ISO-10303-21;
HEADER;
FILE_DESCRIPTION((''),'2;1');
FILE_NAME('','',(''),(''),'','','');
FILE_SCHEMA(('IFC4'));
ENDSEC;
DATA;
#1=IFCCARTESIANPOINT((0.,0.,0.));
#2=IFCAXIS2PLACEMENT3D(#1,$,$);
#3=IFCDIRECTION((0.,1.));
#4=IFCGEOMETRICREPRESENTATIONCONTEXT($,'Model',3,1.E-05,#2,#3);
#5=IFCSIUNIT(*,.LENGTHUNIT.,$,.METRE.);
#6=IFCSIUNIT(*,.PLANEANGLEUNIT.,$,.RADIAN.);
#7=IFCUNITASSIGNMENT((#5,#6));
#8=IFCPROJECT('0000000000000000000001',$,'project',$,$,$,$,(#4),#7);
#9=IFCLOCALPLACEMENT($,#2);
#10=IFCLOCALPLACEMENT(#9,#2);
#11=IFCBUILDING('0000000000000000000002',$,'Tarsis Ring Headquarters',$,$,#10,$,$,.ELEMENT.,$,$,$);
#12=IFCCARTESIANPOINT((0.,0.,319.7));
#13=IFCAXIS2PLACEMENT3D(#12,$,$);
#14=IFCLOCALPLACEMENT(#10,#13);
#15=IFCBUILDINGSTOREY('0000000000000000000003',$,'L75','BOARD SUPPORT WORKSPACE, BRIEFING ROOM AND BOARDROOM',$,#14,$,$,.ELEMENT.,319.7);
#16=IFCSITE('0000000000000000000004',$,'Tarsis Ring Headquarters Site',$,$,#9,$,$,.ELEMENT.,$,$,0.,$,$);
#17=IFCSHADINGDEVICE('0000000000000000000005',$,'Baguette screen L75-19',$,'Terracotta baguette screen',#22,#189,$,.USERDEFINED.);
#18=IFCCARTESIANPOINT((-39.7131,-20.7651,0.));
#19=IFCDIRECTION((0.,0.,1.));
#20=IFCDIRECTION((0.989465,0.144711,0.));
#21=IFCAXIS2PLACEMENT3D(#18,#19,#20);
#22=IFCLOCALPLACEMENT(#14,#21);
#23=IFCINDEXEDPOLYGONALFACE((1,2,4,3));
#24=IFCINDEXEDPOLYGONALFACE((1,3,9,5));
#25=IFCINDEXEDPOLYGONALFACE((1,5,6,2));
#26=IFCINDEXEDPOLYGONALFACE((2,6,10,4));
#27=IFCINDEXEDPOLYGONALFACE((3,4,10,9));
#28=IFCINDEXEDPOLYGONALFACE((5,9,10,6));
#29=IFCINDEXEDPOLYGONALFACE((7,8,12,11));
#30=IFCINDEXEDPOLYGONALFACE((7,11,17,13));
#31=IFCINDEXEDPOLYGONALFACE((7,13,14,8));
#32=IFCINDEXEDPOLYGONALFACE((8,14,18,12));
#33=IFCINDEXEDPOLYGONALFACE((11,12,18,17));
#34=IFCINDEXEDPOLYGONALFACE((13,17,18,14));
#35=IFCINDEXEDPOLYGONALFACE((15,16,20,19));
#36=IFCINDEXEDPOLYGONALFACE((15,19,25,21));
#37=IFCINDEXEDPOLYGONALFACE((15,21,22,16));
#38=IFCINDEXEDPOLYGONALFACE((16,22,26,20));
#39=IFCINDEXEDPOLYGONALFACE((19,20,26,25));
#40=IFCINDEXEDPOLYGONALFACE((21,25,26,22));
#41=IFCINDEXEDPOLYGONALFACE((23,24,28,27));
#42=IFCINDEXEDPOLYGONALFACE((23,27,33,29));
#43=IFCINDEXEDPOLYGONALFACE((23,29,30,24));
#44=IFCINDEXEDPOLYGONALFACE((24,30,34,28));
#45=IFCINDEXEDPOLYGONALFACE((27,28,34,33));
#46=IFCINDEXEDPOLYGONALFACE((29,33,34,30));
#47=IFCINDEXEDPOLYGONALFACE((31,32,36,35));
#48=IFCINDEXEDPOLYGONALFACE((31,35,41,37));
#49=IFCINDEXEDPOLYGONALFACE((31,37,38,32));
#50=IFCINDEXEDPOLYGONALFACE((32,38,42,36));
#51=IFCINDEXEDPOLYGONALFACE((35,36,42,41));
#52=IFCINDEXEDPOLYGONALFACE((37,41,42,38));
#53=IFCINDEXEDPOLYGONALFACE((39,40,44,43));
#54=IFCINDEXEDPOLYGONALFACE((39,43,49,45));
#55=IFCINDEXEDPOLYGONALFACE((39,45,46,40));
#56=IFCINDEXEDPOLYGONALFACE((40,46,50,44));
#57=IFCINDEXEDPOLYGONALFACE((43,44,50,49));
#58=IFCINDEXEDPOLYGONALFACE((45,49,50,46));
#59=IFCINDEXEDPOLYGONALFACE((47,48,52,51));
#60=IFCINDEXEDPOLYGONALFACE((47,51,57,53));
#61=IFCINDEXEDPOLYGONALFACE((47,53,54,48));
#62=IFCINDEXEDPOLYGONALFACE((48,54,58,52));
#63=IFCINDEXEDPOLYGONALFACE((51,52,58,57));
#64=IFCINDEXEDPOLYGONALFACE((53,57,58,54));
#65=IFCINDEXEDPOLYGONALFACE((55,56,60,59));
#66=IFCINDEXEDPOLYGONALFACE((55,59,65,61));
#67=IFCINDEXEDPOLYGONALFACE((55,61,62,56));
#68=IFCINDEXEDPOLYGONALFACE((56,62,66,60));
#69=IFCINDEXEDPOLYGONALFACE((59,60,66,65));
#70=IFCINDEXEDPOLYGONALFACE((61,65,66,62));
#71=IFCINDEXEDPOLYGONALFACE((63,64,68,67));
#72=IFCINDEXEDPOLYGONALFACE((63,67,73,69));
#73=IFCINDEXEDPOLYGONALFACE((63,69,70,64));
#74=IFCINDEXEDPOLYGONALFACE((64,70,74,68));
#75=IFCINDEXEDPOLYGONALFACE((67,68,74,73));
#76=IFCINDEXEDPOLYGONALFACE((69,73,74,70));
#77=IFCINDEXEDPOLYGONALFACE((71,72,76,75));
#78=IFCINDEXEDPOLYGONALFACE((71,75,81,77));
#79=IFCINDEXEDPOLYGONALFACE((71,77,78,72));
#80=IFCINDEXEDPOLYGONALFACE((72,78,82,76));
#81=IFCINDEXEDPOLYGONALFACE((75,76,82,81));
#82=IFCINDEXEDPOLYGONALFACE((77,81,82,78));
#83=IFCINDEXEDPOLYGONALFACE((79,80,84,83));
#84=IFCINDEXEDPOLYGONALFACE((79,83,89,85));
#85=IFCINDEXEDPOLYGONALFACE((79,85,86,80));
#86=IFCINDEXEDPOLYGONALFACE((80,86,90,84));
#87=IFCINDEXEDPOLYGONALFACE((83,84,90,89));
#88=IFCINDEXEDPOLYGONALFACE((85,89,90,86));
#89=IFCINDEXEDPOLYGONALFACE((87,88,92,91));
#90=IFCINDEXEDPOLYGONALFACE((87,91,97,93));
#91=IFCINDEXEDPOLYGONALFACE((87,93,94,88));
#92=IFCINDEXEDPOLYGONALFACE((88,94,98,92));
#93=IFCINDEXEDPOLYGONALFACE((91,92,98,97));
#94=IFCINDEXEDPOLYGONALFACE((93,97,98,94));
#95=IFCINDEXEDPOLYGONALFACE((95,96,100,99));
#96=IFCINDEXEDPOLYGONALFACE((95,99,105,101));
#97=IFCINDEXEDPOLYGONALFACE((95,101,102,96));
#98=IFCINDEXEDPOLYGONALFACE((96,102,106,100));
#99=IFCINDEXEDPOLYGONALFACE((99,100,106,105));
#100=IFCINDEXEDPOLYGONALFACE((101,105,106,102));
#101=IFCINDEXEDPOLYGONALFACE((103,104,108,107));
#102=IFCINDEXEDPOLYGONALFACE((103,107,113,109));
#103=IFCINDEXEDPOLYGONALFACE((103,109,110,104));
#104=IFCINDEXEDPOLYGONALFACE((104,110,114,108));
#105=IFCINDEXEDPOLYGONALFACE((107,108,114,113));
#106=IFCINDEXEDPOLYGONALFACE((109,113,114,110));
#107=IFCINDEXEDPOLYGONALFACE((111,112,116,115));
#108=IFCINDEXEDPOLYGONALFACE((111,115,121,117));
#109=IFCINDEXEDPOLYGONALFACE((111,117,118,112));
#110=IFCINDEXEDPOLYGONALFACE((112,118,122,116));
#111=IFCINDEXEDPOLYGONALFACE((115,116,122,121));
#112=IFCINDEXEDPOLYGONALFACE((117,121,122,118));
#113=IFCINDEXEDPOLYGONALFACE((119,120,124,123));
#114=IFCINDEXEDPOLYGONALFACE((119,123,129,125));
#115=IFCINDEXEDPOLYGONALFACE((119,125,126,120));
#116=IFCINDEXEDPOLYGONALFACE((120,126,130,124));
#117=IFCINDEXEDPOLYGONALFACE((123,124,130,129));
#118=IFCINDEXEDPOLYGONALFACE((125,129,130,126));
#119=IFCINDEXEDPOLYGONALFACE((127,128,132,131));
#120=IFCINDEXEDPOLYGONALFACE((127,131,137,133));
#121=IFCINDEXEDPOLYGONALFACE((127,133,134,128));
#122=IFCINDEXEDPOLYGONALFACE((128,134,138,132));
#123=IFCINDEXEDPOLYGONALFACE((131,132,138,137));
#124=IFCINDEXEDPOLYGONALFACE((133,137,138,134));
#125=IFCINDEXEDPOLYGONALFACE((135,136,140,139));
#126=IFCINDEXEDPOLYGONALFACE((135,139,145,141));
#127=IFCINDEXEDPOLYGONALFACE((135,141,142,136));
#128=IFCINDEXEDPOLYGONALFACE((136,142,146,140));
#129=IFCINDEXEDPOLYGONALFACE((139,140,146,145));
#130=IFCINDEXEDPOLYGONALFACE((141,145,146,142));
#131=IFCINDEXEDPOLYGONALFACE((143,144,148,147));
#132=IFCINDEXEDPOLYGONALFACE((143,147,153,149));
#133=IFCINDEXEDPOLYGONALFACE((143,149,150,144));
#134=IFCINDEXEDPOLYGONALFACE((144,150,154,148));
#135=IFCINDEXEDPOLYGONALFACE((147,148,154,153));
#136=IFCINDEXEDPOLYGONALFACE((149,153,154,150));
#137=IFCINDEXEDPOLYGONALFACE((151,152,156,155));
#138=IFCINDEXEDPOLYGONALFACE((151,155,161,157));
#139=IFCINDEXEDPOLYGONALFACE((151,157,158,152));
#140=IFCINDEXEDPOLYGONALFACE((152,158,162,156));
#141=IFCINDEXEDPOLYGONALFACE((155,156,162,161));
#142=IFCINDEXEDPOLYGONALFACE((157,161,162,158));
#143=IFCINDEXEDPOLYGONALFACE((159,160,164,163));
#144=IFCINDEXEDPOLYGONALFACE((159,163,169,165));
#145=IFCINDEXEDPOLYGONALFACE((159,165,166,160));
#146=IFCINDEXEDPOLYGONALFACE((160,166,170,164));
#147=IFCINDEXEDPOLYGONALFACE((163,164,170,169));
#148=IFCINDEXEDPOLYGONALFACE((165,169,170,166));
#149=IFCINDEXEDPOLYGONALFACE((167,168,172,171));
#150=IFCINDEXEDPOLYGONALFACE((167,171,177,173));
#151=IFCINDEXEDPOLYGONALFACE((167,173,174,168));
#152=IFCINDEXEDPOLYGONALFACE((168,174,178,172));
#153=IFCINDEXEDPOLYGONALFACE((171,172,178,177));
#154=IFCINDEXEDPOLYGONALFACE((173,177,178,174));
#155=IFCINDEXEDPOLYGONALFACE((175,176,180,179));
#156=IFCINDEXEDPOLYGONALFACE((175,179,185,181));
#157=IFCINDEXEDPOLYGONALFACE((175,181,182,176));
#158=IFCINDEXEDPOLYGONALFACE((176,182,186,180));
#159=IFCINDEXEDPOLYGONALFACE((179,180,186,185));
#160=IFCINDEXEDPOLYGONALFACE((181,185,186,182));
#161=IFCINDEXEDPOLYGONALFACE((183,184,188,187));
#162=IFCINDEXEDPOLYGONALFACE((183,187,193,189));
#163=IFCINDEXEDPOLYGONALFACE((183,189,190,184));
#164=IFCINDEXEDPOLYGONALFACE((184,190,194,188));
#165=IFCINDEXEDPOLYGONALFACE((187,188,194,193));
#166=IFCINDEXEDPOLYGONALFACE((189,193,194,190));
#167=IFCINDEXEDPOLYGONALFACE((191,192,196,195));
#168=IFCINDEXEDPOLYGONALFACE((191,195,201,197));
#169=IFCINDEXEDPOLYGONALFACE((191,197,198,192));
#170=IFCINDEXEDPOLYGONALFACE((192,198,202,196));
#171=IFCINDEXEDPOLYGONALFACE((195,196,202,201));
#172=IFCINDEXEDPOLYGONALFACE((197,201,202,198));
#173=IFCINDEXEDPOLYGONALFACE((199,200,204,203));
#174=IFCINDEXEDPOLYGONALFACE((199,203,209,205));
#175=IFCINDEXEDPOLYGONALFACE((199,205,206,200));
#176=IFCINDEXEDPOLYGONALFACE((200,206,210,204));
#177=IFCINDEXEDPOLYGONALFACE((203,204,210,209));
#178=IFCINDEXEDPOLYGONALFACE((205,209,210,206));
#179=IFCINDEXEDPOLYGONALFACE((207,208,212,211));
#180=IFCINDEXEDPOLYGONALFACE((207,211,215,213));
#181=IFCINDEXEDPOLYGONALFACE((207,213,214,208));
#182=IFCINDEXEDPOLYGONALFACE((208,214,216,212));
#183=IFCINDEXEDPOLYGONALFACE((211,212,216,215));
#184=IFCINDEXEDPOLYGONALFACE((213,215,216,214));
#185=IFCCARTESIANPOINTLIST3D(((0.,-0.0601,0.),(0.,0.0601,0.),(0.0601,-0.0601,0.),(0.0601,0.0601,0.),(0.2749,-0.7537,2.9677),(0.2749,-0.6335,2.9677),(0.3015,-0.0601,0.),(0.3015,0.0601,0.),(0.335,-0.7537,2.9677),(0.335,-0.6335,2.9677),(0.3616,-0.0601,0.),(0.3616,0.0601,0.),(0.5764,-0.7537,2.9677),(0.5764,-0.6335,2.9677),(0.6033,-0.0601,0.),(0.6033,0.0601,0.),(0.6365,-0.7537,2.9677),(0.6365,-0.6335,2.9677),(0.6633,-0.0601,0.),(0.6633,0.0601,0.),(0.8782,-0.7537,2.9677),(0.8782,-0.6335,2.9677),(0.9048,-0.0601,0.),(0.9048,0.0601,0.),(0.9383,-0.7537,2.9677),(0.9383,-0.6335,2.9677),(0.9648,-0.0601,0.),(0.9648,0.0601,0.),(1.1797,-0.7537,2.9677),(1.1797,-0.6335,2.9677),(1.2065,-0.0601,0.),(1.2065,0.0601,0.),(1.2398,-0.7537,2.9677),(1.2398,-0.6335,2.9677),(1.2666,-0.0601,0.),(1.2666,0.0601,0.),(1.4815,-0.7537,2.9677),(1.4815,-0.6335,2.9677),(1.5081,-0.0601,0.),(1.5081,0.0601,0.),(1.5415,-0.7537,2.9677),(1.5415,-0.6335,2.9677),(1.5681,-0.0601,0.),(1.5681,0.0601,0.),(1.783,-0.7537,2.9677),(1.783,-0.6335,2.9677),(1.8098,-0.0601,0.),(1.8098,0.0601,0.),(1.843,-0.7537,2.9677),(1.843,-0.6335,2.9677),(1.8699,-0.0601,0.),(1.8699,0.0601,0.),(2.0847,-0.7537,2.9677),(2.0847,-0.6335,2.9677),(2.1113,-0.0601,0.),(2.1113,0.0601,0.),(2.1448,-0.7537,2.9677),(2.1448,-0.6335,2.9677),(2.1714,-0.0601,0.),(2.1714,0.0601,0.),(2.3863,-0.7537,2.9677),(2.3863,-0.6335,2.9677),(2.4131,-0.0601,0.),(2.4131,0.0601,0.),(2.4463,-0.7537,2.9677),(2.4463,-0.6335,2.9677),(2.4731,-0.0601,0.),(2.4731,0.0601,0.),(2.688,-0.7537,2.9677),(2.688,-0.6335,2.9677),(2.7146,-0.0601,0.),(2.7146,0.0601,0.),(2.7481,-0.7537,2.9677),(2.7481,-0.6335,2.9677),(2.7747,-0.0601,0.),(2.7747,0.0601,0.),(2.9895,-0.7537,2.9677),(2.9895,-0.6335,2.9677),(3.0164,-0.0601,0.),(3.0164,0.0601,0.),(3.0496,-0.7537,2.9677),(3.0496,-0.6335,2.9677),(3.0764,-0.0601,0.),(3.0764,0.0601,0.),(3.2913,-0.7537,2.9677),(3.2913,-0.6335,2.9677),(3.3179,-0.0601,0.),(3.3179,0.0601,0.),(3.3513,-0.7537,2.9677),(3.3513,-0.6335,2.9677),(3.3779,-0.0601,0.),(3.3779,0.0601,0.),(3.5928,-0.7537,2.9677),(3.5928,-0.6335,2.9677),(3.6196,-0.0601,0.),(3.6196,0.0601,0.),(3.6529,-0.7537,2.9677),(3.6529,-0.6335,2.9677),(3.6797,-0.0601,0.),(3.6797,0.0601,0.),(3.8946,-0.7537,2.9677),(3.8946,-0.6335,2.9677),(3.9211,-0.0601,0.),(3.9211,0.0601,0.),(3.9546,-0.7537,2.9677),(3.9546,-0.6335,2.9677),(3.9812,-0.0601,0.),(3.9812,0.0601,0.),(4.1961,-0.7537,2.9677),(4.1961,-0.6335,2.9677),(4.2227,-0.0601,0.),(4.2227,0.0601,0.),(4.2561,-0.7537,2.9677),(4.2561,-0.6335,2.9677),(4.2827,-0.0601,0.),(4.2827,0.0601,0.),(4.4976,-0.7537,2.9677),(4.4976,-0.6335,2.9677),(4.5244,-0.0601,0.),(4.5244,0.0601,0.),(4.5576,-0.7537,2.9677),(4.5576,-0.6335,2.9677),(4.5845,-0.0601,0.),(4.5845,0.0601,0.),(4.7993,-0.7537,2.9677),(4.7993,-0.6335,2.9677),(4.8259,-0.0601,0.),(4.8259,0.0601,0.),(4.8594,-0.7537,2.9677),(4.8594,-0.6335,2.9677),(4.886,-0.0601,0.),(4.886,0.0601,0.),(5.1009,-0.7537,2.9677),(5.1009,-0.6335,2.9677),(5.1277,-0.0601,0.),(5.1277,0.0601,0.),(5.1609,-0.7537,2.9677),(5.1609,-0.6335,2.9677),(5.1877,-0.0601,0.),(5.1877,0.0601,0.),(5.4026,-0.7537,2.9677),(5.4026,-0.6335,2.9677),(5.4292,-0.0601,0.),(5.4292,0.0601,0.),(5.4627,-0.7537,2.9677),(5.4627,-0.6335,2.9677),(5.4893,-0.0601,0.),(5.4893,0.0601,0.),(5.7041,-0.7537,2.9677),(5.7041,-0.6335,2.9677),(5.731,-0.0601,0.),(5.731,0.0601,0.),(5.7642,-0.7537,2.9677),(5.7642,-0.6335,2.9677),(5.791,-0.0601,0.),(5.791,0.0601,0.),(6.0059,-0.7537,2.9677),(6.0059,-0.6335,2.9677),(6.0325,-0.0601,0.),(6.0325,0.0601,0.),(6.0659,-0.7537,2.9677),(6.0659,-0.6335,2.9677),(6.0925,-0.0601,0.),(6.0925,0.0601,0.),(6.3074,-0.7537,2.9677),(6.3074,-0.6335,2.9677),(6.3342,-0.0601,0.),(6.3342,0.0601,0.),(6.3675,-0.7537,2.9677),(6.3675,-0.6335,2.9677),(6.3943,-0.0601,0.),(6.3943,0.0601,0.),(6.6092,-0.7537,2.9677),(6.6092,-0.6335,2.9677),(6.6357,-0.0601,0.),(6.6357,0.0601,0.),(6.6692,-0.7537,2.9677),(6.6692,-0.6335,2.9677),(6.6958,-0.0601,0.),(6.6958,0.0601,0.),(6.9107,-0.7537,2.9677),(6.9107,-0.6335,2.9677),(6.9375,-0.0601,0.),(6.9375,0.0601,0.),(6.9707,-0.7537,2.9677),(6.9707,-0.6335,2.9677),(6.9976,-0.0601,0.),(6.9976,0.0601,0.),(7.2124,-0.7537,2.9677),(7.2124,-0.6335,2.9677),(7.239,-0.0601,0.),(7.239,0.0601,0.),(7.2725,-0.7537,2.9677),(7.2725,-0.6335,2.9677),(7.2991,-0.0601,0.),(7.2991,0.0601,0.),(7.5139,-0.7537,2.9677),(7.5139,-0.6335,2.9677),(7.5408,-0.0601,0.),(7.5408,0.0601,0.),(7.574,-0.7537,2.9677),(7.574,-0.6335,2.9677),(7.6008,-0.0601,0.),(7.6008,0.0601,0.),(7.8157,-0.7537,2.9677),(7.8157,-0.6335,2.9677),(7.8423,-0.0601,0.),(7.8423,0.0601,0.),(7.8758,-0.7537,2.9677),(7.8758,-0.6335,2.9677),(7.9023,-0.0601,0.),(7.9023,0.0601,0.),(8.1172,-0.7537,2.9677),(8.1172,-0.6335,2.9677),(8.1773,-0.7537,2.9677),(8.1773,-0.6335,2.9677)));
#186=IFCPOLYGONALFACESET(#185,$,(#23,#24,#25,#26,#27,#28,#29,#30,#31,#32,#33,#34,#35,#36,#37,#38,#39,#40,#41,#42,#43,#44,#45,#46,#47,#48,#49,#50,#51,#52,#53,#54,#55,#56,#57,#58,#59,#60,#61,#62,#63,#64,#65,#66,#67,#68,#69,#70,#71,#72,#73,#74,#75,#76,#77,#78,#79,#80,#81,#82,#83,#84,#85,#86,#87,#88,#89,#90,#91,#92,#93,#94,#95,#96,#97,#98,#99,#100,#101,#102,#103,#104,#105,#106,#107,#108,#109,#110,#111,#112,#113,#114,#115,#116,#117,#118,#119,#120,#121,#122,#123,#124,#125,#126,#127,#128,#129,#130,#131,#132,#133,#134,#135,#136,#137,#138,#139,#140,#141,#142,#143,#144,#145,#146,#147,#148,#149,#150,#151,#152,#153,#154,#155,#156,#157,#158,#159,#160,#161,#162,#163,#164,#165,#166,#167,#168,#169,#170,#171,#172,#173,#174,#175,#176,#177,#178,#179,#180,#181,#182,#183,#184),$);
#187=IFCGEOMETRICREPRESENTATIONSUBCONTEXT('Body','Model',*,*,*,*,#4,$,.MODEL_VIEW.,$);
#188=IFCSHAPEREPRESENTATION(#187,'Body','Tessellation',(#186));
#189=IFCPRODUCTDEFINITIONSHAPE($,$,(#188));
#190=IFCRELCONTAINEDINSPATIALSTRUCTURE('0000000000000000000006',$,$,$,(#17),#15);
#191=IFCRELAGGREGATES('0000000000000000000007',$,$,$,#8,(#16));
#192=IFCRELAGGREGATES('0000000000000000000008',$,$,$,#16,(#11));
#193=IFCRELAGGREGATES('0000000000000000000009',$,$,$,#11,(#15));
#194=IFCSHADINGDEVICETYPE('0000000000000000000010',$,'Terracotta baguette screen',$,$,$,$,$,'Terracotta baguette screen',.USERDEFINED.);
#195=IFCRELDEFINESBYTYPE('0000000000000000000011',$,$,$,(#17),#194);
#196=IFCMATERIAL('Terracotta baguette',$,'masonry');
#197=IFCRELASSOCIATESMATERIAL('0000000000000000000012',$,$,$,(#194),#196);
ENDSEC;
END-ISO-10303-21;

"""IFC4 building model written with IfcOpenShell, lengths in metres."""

from ifc_helpers import new_model, si_unit, direction, frame, frame_2d, origin, place, context, subcontext, project, spatial, rectangle, composite_profile, extrude, material, type_object, element, save


model = new_model("IFC4")

# Units and contexts
model_context = context("Model", 3, precision=1e-05, world=origin(), true_north=direction((0.0, 1.0)))
body_context = subcontext(model_context, "Body", "Model", "MODEL_VIEW")
ifc_project = project(units=[si_unit("LENGTHUNIT", "METRE"), si_unit("PLANEANGLEUNIT", "RADIAN")], contexts=[model_context])

# Site, building, storey
site_placement = place(None, origin())
site = spatial("IfcSite", under=ifc_project, at=site_placement, Name="Tarsis Ring Headquarters Site", CompositionType="ELEMENT", RefElevation=0.0)
building_placement = place(site_placement, origin())
building = spatial("IfcBuilding", under=site, at=building_placement, Name="Tarsis Ring Headquarters", CompositionType="ELEMENT")
storey_placement = place(building_placement, frame((0.0, 0.0, 319.7)))
storey = spatial("IfcBuildingStorey", under=building, at=storey_placement, Name="L75", Description="BOARD SUPPORT WORKSPACE, BRIEFING ROOM AND BOARDROOM", CompositionType="ELEMENT", Elevation=319.7)

# Shading device
ifc_material_1 = material(Name="Terracotta baguette", Category="masonry")
shading_device_type_1 = type_object("IfcShadingDeviceType", Name="Terracotta baguette screen", ElementType="Terracotta baguette screen", PredefinedType="USERDEFINED", material=ifc_material_1)
shading_device_1_placement = place(storey_placement, frame((-39.7131, -20.7651, 0.0), z_axis=(0.0, 0.0, 1.0), x_axis=(0.989465, 0.144711, 0.0)))
element("IfcShadingDevice", 1, at=shading_device_1_placement, inside=storey, type_object=shading_device_type_1, Name="Baguette screen L75-19", ObjectType="Terracotta baguette screen", PredefinedType="USERDEFINED", context=body_context, shape_type="SweptSolid", body=[
    extrude(composite_profile([rectangle(XDim=0.0601, YDim=0.1201, at=frame_2d((0.03, 0.0))), rectangle(XDim=0.0601, YDim=0.1201, at=frame_2d((0.3315, 0.0))), rectangle(XDim=0.0601, YDim=0.1201, at=frame_2d((0.6333, 0.0))), rectangle(XDim=0.0601, YDim=0.1201, at=frame_2d((0.9348, 0.0))), rectangle(XDim=0.0601, YDim=0.1201, at=frame_2d((1.2366, 0.0))), rectangle(XDim=0.0601, YDim=0.1201, at=frame_2d((1.5381, 0.0))), rectangle(XDim=0.0601, YDim=0.1201, at=frame_2d((1.8398, 0.0))), rectangle(XDim=0.0601, YDim=0.1201, at=frame_2d((2.1414, 0.0))), rectangle(XDim=0.0601, YDim=0.1201, at=frame_2d((2.4431, 0.0))), rectangle(XDim=0.0601, YDim=0.1201, at=frame_2d((2.7446, 0.0))), rectangle(XDim=0.0601, YDim=0.1201, at=frame_2d((3.0464, 0.0))), rectangle(XDim=0.0601, YDim=0.1201, at=frame_2d((3.3479, 0.0))), rectangle(XDim=0.0601, YDim=0.1201, at=frame_2d((3.6497, 0.0))), rectangle(XDim=0.0601, YDim=0.1201, at=frame_2d((3.9512, 0.0))), rectangle(XDim=0.0601, YDim=0.1201, at=frame_2d((4.2527, 0.0))), rectangle(XDim=0.0601, YDim=0.1201, at=frame_2d((4.5544, 0.0))), rectangle(XDim=0.0601, YDim=0.1201, at=frame_2d((4.856, 0.0))), rectangle(XDim=0.0601, YDim=0.1201, at=frame_2d((5.1577, 0.0))), rectangle(XDim=0.0601, YDim=0.1201, at=frame_2d((5.4592, 0.0))), rectangle(XDim=0.0601, YDim=0.1201, at=frame_2d((5.761, 0.0))), rectangle(XDim=0.0601, YDim=0.1201, at=frame_2d((6.0625, 0.0))), rectangle(XDim=0.0601, YDim=0.1201, at=frame_2d((6.3643, 0.0))), rectangle(XDim=0.0601, YDim=0.1201, at=frame_2d((6.6658, 0.0))), rectangle(XDim=0.0601, YDim=0.1201, at=frame_2d((6.9675, 0.0))), rectangle(XDim=0.0601, YDim=0.1201, at=frame_2d((7.269, 0.0))), rectangle(XDim=0.0601, YDim=0.1201, at=frame_2d((7.5708, 0.0))), rectangle(XDim=0.0601, YDim=0.1201, at=frame_2d((7.8723, 0.0)))]), origin(), (0.089844, -0.22666, 0.969821), 3.0601),
])

save(model, "model.ifc")
